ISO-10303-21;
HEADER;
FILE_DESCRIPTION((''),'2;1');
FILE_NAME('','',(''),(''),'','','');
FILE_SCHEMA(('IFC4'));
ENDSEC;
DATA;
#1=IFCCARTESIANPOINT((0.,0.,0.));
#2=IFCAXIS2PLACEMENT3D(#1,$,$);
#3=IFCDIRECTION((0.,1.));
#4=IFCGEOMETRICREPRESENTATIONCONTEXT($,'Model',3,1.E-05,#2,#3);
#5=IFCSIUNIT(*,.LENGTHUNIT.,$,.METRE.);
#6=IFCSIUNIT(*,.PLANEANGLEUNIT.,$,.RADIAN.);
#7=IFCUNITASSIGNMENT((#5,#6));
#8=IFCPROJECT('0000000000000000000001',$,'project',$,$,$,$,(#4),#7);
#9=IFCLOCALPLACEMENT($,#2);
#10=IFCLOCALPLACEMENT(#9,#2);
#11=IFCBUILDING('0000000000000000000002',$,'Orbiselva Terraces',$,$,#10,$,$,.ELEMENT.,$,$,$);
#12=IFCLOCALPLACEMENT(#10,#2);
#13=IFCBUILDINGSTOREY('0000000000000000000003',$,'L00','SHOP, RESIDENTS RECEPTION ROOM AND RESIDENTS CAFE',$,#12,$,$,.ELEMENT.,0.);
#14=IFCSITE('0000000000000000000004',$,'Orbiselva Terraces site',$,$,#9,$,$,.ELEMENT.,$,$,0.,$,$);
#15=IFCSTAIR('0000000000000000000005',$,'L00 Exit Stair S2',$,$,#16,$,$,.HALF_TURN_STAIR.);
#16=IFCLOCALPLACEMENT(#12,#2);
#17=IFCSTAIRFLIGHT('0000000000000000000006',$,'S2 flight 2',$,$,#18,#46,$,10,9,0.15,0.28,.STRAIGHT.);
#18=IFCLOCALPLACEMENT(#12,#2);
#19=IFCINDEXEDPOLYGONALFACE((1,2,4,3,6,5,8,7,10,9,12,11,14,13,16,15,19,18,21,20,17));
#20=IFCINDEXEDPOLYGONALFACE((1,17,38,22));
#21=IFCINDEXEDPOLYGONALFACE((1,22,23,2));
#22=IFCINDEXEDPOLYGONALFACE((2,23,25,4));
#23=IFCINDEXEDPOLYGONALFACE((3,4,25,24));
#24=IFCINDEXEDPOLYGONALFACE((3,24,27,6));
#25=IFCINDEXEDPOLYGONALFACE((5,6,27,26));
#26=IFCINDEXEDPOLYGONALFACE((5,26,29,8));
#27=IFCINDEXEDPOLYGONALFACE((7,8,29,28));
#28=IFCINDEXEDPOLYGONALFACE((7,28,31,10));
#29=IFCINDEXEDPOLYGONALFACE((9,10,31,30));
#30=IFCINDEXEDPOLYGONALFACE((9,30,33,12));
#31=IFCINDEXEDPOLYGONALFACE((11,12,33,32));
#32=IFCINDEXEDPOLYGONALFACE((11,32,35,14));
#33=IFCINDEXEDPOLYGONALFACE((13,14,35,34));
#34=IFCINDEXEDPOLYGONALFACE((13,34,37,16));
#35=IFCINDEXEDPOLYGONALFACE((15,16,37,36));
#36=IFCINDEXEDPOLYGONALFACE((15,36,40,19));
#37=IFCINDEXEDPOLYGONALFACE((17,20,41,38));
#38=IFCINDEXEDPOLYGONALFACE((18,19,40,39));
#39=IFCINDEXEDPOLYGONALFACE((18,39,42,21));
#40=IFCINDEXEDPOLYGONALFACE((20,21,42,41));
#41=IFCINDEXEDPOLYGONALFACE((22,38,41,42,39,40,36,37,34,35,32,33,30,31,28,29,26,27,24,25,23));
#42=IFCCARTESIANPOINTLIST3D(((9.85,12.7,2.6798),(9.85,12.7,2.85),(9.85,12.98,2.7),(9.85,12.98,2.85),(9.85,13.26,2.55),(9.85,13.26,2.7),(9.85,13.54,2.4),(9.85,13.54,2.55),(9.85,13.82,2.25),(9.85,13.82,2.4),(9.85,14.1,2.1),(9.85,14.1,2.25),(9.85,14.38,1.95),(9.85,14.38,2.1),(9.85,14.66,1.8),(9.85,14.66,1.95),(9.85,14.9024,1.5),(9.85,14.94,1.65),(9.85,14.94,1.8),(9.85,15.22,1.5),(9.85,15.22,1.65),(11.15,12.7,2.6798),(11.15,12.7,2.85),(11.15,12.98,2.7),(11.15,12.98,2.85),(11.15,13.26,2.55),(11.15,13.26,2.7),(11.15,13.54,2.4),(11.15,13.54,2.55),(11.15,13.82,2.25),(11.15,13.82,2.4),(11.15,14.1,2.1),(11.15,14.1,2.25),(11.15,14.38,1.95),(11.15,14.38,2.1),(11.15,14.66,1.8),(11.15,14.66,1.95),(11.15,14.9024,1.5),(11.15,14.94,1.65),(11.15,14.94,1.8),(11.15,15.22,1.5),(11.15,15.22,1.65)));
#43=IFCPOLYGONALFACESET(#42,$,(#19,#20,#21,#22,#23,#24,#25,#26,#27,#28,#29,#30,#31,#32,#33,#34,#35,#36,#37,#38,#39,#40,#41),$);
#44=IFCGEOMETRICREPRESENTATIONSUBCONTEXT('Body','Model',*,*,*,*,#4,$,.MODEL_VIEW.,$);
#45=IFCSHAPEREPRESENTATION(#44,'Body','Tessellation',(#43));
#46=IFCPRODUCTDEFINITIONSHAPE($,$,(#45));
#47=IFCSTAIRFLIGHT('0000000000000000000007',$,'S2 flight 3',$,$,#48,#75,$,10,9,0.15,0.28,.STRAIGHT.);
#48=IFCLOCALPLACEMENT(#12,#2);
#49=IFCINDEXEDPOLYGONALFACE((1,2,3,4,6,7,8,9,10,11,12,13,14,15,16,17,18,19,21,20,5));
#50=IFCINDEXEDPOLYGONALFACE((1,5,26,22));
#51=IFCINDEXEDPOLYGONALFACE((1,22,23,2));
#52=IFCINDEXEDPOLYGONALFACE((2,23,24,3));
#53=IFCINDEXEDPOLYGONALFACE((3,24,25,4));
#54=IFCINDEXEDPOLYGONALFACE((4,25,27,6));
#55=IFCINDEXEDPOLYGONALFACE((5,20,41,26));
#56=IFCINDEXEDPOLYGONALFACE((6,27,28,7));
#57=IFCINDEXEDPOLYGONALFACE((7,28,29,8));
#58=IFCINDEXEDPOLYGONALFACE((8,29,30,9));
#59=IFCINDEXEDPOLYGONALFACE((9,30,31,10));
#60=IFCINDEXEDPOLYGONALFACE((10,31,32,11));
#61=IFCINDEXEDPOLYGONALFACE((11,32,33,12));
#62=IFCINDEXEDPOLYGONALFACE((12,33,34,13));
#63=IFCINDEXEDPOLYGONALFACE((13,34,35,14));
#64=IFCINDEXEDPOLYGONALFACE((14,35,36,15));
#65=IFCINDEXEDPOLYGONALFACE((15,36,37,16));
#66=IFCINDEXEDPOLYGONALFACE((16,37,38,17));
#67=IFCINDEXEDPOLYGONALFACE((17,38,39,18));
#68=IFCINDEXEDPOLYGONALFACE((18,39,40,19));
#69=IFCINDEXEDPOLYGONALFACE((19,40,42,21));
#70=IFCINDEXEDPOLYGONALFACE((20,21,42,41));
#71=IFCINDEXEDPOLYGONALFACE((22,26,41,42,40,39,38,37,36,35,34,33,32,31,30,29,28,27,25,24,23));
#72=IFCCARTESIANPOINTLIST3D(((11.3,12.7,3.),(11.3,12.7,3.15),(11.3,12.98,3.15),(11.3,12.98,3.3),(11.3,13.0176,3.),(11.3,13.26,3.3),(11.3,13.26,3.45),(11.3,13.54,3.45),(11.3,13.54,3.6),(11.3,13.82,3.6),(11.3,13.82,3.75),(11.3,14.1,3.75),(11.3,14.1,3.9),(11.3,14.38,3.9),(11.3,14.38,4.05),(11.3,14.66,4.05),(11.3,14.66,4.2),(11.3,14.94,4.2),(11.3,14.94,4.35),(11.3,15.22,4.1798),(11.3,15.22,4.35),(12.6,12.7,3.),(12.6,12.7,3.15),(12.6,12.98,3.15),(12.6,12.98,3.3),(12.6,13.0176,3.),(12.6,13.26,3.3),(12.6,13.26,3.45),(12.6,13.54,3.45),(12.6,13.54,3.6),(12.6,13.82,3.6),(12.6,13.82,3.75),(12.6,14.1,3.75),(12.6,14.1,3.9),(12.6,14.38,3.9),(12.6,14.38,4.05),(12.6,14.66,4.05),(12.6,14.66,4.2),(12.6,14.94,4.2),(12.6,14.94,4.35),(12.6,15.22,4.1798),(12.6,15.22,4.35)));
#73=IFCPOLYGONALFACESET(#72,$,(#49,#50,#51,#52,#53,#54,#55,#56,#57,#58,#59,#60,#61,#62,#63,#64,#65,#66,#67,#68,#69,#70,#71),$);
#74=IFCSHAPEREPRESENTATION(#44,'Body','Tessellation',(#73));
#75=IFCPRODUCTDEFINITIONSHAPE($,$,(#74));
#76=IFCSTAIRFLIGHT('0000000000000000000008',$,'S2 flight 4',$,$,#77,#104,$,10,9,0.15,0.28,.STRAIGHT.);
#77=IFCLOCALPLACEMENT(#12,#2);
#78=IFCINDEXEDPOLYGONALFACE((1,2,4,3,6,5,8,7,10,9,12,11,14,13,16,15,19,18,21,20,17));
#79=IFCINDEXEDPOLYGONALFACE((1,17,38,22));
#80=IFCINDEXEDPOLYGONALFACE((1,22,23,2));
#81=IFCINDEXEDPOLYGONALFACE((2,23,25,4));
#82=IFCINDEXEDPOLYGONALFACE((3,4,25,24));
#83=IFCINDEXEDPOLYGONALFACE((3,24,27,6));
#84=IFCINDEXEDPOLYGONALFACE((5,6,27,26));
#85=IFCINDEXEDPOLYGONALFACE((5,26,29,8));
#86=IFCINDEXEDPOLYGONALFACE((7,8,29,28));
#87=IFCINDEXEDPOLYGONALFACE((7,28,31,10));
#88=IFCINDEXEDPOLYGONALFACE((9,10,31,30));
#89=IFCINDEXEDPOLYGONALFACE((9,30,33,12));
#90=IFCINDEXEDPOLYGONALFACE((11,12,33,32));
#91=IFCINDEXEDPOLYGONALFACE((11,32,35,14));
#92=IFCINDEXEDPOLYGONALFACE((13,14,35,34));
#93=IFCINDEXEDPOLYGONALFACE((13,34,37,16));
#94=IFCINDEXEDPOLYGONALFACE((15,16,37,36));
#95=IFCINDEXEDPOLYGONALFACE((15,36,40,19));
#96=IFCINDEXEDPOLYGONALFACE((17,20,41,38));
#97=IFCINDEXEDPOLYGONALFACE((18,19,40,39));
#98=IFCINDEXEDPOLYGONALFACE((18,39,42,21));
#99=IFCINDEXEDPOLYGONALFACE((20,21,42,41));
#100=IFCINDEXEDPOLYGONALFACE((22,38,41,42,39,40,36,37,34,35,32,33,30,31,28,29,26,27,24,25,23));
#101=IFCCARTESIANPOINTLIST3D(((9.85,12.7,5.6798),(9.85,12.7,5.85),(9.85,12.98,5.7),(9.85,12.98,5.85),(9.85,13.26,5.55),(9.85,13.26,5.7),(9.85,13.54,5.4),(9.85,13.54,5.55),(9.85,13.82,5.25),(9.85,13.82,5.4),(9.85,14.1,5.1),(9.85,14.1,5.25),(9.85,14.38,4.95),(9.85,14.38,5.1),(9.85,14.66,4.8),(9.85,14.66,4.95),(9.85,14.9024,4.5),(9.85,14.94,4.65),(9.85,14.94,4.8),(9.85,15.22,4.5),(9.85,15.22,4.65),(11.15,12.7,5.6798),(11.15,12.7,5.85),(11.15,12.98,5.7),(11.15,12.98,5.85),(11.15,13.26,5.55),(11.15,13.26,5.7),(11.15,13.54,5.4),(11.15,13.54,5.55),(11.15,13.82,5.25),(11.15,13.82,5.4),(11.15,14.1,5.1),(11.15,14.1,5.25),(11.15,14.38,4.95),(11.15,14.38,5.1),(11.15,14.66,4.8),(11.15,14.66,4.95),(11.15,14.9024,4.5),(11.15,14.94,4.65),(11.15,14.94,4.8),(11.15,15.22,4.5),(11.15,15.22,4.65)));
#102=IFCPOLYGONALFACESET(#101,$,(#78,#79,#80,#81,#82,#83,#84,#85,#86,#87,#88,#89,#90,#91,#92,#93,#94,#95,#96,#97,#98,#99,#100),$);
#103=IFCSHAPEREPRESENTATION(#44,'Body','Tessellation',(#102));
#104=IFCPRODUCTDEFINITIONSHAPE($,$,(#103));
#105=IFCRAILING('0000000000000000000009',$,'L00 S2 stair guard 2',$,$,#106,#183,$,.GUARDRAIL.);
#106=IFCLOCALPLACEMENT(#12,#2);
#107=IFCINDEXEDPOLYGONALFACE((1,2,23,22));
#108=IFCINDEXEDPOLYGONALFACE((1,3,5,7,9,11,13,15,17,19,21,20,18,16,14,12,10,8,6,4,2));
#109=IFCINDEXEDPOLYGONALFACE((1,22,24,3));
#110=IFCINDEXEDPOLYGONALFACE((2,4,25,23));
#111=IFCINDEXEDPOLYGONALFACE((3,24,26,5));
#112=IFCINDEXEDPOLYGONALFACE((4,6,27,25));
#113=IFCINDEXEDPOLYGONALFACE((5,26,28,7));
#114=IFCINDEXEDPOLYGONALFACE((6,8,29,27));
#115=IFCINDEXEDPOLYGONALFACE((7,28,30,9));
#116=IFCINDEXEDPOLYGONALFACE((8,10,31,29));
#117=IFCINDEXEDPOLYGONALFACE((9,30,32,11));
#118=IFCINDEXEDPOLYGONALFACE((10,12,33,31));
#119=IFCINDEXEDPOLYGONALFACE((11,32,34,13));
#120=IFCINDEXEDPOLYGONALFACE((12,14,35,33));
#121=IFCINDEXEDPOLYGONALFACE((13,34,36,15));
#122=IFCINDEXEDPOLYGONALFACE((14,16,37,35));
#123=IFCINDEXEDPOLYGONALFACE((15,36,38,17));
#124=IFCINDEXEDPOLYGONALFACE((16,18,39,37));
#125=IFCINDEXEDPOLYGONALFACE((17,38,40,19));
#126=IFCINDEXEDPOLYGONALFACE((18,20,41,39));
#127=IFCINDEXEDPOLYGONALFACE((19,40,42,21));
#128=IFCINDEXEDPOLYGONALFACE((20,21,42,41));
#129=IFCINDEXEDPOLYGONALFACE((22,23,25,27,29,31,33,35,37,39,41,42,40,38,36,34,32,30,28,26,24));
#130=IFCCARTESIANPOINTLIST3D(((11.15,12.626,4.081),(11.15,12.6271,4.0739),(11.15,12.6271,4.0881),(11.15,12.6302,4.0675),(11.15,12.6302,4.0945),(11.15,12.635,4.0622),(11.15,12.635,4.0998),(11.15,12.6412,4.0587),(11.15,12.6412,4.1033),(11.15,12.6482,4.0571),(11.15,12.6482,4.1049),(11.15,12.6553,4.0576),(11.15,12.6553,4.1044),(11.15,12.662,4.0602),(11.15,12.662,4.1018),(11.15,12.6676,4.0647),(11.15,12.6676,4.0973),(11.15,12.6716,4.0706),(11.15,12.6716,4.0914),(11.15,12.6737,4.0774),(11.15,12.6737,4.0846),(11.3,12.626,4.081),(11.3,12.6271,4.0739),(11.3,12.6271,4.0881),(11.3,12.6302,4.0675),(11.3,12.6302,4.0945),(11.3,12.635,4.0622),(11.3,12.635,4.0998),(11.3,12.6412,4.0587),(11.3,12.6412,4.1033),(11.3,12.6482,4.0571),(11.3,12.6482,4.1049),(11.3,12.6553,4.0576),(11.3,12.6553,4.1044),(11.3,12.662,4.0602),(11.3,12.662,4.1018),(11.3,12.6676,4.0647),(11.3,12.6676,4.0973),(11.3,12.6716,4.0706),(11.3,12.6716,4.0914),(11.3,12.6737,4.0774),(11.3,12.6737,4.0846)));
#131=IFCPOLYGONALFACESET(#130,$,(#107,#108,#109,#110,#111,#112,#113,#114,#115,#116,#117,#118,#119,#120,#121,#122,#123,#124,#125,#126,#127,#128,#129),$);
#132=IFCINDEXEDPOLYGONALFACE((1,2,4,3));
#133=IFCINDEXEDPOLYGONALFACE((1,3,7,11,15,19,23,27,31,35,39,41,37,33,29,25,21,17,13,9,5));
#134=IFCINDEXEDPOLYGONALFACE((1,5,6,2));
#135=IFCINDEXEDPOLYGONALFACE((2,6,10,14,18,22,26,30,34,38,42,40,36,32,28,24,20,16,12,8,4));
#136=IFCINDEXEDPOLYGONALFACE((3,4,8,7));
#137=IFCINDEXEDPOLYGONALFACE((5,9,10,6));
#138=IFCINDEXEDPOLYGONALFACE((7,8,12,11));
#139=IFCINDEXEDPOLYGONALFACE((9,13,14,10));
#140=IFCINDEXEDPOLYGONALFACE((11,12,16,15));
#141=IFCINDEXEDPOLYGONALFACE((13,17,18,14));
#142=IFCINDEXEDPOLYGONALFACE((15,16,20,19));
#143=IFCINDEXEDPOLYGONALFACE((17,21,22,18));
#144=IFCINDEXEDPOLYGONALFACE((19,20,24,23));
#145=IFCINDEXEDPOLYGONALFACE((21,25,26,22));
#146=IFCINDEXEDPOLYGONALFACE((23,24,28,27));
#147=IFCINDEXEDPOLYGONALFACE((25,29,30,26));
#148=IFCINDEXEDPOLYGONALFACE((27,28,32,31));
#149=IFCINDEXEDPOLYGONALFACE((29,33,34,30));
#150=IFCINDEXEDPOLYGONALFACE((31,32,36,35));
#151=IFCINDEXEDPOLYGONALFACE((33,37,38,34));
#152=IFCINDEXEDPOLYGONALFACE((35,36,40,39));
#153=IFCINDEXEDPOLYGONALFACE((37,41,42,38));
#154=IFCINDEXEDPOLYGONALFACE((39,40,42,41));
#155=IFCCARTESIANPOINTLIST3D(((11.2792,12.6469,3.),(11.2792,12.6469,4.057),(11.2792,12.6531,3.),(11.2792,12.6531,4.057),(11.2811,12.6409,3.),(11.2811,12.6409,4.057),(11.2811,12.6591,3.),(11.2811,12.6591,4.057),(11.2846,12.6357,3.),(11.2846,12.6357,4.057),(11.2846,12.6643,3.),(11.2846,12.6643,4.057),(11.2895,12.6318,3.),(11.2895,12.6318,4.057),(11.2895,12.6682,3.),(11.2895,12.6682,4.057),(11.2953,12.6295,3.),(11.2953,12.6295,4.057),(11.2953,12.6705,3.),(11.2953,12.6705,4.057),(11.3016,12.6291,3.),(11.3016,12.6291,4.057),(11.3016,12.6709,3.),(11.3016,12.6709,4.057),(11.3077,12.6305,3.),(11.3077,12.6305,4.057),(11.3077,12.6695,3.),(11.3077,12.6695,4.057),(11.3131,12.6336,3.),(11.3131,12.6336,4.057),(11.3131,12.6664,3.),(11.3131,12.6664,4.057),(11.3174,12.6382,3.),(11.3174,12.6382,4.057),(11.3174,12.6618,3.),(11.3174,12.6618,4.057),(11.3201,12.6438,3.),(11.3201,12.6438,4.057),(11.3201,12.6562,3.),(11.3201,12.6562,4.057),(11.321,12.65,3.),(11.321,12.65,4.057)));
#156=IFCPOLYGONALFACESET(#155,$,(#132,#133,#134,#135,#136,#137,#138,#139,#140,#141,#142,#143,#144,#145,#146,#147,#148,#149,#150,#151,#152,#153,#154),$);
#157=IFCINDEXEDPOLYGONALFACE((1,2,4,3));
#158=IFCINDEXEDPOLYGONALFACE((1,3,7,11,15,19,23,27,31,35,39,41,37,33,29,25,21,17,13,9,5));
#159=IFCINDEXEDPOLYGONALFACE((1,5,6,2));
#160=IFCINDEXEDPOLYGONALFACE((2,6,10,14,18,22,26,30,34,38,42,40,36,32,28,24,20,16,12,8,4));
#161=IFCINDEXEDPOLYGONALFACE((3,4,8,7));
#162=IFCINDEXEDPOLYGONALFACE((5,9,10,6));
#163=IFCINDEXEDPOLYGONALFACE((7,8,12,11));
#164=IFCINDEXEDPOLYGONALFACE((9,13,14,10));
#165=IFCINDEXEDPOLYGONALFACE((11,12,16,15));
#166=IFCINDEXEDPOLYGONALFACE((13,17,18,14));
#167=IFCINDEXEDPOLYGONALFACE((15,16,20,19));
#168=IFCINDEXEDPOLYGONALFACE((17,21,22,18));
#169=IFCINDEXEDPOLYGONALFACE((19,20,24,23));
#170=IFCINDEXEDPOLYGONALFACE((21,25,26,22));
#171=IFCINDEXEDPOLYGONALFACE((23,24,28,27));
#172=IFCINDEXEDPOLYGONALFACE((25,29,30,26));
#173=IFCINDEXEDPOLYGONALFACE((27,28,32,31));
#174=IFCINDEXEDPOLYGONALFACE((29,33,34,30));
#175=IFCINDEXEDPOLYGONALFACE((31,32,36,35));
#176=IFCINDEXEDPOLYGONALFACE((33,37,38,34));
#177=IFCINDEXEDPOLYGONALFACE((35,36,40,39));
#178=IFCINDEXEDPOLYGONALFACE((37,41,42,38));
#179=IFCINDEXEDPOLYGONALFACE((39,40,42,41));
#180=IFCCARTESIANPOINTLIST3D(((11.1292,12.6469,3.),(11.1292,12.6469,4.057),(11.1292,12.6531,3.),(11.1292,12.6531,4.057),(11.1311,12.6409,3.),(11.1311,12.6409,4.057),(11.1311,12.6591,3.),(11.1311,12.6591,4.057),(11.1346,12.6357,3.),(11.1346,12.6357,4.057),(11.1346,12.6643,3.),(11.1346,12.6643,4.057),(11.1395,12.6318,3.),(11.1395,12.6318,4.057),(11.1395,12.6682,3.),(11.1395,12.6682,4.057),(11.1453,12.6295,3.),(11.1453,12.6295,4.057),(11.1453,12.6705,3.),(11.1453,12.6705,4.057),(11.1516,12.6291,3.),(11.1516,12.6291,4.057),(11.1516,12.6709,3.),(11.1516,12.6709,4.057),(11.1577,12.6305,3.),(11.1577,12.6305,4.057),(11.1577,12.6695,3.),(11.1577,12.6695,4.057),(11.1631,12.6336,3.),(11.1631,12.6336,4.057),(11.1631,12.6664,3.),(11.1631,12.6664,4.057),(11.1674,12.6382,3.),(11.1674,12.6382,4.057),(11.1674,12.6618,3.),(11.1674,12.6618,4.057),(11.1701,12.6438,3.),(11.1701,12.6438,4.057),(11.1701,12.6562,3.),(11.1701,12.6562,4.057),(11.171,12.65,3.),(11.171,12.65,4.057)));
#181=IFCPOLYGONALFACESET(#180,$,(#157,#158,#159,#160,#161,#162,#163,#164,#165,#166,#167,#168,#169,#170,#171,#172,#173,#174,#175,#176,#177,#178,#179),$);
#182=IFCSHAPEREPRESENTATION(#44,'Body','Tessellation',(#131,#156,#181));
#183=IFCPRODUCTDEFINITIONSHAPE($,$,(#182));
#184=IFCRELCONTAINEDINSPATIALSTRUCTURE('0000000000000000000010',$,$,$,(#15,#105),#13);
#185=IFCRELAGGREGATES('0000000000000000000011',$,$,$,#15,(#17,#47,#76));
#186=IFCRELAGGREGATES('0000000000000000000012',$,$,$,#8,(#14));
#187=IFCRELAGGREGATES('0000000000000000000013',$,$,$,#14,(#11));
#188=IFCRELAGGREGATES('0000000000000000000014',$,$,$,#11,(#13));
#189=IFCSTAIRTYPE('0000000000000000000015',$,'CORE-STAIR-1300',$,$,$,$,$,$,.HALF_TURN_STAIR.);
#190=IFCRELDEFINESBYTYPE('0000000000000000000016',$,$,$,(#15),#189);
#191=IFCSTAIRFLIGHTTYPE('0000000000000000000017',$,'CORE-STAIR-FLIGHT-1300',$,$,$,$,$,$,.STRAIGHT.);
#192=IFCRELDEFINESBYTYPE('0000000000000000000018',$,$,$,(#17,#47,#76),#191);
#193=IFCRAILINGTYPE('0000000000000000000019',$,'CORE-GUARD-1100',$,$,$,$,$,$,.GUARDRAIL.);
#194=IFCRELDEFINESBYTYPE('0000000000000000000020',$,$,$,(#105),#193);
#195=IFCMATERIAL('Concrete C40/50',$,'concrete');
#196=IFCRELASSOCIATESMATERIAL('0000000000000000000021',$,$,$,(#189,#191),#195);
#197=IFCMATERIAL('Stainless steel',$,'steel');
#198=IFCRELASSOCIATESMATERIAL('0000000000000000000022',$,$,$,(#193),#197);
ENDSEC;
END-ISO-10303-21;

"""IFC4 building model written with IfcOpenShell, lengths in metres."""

from ifc_helpers import new_model, si_unit, direction, frame, origin, origin_2d, place, context, subcontext, project, spatial, polyline, circle, outline, extrude, material, type_object, element, aggregate, save


model = new_model("IFC4")

# Units and contexts
model_context = context("Model", 3, precision=1e-05, world=origin(), true_north=direction((0.0, 1.0)))
body_context = subcontext(model_context, "Body", "Model", "MODEL_VIEW")
ifc_project = project(units=[si_unit("LENGTHUNIT", "METRE"), si_unit("PLANEANGLEUNIT", "RADIAN")], contexts=[model_context])

# Site, building, storey
site_placement = place(None, origin())
site = spatial("IfcSite", under=ifc_project, at=site_placement, Name="Orbiselva Terraces site", CompositionType="ELEMENT", RefElevation=0.0)
building_placement = place(site_placement, origin())
building = spatial("IfcBuilding", under=site, at=building_placement, Name="Orbiselva Terraces", CompositionType="ELEMENT")
storey_placement = place(building_placement, origin())
storey = spatial("IfcBuildingStorey", under=building, at=storey_placement, Name="L00", Description="SHOP, RESIDENTS RECEPTION ROOM AND RESIDENTS CAFE", CompositionType="ELEMENT", Elevation=0.0)

# Shared definitions
ifc_material_1 = material(Name="Concrete C40/50", Category="concrete")

# Stair, stair flights
stair_type = type_object("IfcStairType", Name="CORE-STAIR-1300", PredefinedType="HALF_TURN_STAIR", material=ifc_material_1)
stair_placement = place(storey_placement, origin())
stair = element("IfcStair", 1, at=stair_placement, inside=storey, type_object=stair_type, Name="L00 Exit Stair S2", PredefinedType="HALF_TURN_STAIR")
stair_flight_type = type_object("IfcStairFlightType", Name="CORE-STAIR-FLIGHT-1300", PredefinedType="STRAIGHT", material=ifc_material_1)
stair_flight_1_placement = place(storey_placement, frame((10.5, 15.22, 1.5), z_axis=(0.0, 0.0, 1.0), x_axis=(0.0, -1.0, 0.0)))
stair_flight_1 = element("IfcStairFlight", 2, at=stair_flight_1_placement, type_object=stair_flight_type, Name="S2 flight 2", NumberOfRisers=10, NumberOfTreads=9, PredefinedType="STRAIGHT", RiserHeight=0.15, TreadLength=0.28, context=body_context, shape_type="SweptSolid", body=[
    extrude(outline(polyline([(0.0, 0.0), (0.0, 0.15), (0.28, 0.15), (0.28, 0.3), (0.56, 0.3), (0.56, 0.45), (0.84, 0.45), (0.84, 0.6), (1.12, 0.6), (1.12, 0.75), (1.4, 0.75), (1.4, 0.9), (1.68, 0.9), (1.68, 1.05), (1.96, 1.05), (1.96, 1.2), (2.24, 1.2), (2.24, 1.35), (2.52, 1.35), (2.52, 1.5), (2.52, 1.1798), (0.3176, 0.0), (0.0, 0.0)])), frame((0.0, 0.65, 0.0), z_axis=(0.0, -1.0, 0.0), x_axis=(1.0, 0.0, 0.0)), (0.0, 0.0, 1.0), 1.3),
])
stair_flight_2_placement = place(storey_placement, frame((11.95, 12.7, 3.0), z_axis=(0.0, 0.0, 1.0), x_axis=(0.0, 1.0, 0.0)))
stair_flight_2 = element("IfcStairFlight", 3, at=stair_flight_2_placement, type_object=stair_flight_type, Name="S2 flight 3", NumberOfRisers=10, NumberOfTreads=9, PredefinedType="STRAIGHT", RiserHeight=0.15, TreadLength=0.28, context=body_context, shape_type="SweptSolid", body=[
    extrude(outline(polyline([(0.0, 0.0), (0.0, 0.15), (0.28, 0.15), (0.28, 0.3), (0.56, 0.3), (0.56, 0.45), (0.84, 0.45), (0.84, 0.6), (1.12, 0.6), (1.12, 0.75), (1.4, 0.75), (1.4, 0.9), (1.68, 0.9), (1.68, 1.05), (1.96, 1.05), (1.96, 1.2), (2.24, 1.2), (2.24, 1.35), (2.52, 1.35), (2.52, 1.5), (2.52, 1.1798), (0.3176, 0.0), (0.0, 0.0)])), frame((0.0, 0.65, 0.0), z_axis=(0.0, -1.0, 0.0), x_axis=(1.0, 0.0, 0.0)), (0.0, 0.0, 1.0), 1.3),
])
stair_flight_3_placement = place(storey_placement, frame((10.5, 15.22, 4.5), z_axis=(0.0, 0.0, 1.0), x_axis=(0.0, -1.0, 0.0)))
stair_flight_3 = element("IfcStairFlight", 4, at=stair_flight_3_placement, type_object=stair_flight_type, Name="S2 flight 4", NumberOfRisers=10, NumberOfTreads=9, PredefinedType="STRAIGHT", RiserHeight=0.15, TreadLength=0.28, context=body_context, shape_type="SweptSolid", body=[
    extrude(outline(polyline([(0.0, 0.0), (0.0, 0.15), (0.28, 0.15), (0.28, 0.3), (0.56, 0.3), (0.56, 0.45), (0.84, 0.45), (0.84, 0.6), (1.12, 0.6), (1.12, 0.75), (1.4, 0.75), (1.4, 0.9), (1.68, 0.9), (1.68, 1.05), (1.96, 1.05), (1.96, 1.2), (2.24, 1.2), (2.24, 1.35), (2.52, 1.35), (2.52, 1.5), (2.52, 1.1798), (0.3176, 0.0), (0.0, 0.0)])), frame((0.0, 0.65, 0.0), z_axis=(0.0, -1.0, 0.0), x_axis=(1.0, 0.0, 0.0)), (0.0, 0.0, 1.0), 1.3),
])
aggregate(stair, [stair_flight_1, stair_flight_2, stair_flight_3])

# Railing
ifc_material_2 = material(Name="Stainless steel", Category="steel")
railing_type_1 = type_object("IfcRailingType", Name="CORE-GUARD-1100", PredefinedType="GUARDRAIL", material=ifc_material_2)
railing_1_placement = place(storey_placement, frame((11.3, 12.65, 3.0)))
element("IfcRailing", 5, at=railing_1_placement, inside=storey, type_object=railing_type_1, Name="L00 S2 stair guard 2", PredefinedType="GUARDRAIL", context=body_context, shape_type="SweptSolid", body=[
    extrude(circle(Radius=0.024, at=origin_2d()), frame((0.0, 0.0, 1.081), z_axis=(-1.0, 0.0, 0.0), x_axis=(0.0, -1.0, 0.0)), (0.0, 0.0, 1.0), 0.15),
    extrude(circle(Radius=0.021, at=origin_2d()), origin(), (0.0, 0.0, 1.0), 1.057),
    extrude(circle(Radius=0.021, at=origin_2d()), frame((-0.15, 0.0, 0.0)), (0.0, 0.0, 1.0), 1.057),
])

save(model, "model.ifc")
